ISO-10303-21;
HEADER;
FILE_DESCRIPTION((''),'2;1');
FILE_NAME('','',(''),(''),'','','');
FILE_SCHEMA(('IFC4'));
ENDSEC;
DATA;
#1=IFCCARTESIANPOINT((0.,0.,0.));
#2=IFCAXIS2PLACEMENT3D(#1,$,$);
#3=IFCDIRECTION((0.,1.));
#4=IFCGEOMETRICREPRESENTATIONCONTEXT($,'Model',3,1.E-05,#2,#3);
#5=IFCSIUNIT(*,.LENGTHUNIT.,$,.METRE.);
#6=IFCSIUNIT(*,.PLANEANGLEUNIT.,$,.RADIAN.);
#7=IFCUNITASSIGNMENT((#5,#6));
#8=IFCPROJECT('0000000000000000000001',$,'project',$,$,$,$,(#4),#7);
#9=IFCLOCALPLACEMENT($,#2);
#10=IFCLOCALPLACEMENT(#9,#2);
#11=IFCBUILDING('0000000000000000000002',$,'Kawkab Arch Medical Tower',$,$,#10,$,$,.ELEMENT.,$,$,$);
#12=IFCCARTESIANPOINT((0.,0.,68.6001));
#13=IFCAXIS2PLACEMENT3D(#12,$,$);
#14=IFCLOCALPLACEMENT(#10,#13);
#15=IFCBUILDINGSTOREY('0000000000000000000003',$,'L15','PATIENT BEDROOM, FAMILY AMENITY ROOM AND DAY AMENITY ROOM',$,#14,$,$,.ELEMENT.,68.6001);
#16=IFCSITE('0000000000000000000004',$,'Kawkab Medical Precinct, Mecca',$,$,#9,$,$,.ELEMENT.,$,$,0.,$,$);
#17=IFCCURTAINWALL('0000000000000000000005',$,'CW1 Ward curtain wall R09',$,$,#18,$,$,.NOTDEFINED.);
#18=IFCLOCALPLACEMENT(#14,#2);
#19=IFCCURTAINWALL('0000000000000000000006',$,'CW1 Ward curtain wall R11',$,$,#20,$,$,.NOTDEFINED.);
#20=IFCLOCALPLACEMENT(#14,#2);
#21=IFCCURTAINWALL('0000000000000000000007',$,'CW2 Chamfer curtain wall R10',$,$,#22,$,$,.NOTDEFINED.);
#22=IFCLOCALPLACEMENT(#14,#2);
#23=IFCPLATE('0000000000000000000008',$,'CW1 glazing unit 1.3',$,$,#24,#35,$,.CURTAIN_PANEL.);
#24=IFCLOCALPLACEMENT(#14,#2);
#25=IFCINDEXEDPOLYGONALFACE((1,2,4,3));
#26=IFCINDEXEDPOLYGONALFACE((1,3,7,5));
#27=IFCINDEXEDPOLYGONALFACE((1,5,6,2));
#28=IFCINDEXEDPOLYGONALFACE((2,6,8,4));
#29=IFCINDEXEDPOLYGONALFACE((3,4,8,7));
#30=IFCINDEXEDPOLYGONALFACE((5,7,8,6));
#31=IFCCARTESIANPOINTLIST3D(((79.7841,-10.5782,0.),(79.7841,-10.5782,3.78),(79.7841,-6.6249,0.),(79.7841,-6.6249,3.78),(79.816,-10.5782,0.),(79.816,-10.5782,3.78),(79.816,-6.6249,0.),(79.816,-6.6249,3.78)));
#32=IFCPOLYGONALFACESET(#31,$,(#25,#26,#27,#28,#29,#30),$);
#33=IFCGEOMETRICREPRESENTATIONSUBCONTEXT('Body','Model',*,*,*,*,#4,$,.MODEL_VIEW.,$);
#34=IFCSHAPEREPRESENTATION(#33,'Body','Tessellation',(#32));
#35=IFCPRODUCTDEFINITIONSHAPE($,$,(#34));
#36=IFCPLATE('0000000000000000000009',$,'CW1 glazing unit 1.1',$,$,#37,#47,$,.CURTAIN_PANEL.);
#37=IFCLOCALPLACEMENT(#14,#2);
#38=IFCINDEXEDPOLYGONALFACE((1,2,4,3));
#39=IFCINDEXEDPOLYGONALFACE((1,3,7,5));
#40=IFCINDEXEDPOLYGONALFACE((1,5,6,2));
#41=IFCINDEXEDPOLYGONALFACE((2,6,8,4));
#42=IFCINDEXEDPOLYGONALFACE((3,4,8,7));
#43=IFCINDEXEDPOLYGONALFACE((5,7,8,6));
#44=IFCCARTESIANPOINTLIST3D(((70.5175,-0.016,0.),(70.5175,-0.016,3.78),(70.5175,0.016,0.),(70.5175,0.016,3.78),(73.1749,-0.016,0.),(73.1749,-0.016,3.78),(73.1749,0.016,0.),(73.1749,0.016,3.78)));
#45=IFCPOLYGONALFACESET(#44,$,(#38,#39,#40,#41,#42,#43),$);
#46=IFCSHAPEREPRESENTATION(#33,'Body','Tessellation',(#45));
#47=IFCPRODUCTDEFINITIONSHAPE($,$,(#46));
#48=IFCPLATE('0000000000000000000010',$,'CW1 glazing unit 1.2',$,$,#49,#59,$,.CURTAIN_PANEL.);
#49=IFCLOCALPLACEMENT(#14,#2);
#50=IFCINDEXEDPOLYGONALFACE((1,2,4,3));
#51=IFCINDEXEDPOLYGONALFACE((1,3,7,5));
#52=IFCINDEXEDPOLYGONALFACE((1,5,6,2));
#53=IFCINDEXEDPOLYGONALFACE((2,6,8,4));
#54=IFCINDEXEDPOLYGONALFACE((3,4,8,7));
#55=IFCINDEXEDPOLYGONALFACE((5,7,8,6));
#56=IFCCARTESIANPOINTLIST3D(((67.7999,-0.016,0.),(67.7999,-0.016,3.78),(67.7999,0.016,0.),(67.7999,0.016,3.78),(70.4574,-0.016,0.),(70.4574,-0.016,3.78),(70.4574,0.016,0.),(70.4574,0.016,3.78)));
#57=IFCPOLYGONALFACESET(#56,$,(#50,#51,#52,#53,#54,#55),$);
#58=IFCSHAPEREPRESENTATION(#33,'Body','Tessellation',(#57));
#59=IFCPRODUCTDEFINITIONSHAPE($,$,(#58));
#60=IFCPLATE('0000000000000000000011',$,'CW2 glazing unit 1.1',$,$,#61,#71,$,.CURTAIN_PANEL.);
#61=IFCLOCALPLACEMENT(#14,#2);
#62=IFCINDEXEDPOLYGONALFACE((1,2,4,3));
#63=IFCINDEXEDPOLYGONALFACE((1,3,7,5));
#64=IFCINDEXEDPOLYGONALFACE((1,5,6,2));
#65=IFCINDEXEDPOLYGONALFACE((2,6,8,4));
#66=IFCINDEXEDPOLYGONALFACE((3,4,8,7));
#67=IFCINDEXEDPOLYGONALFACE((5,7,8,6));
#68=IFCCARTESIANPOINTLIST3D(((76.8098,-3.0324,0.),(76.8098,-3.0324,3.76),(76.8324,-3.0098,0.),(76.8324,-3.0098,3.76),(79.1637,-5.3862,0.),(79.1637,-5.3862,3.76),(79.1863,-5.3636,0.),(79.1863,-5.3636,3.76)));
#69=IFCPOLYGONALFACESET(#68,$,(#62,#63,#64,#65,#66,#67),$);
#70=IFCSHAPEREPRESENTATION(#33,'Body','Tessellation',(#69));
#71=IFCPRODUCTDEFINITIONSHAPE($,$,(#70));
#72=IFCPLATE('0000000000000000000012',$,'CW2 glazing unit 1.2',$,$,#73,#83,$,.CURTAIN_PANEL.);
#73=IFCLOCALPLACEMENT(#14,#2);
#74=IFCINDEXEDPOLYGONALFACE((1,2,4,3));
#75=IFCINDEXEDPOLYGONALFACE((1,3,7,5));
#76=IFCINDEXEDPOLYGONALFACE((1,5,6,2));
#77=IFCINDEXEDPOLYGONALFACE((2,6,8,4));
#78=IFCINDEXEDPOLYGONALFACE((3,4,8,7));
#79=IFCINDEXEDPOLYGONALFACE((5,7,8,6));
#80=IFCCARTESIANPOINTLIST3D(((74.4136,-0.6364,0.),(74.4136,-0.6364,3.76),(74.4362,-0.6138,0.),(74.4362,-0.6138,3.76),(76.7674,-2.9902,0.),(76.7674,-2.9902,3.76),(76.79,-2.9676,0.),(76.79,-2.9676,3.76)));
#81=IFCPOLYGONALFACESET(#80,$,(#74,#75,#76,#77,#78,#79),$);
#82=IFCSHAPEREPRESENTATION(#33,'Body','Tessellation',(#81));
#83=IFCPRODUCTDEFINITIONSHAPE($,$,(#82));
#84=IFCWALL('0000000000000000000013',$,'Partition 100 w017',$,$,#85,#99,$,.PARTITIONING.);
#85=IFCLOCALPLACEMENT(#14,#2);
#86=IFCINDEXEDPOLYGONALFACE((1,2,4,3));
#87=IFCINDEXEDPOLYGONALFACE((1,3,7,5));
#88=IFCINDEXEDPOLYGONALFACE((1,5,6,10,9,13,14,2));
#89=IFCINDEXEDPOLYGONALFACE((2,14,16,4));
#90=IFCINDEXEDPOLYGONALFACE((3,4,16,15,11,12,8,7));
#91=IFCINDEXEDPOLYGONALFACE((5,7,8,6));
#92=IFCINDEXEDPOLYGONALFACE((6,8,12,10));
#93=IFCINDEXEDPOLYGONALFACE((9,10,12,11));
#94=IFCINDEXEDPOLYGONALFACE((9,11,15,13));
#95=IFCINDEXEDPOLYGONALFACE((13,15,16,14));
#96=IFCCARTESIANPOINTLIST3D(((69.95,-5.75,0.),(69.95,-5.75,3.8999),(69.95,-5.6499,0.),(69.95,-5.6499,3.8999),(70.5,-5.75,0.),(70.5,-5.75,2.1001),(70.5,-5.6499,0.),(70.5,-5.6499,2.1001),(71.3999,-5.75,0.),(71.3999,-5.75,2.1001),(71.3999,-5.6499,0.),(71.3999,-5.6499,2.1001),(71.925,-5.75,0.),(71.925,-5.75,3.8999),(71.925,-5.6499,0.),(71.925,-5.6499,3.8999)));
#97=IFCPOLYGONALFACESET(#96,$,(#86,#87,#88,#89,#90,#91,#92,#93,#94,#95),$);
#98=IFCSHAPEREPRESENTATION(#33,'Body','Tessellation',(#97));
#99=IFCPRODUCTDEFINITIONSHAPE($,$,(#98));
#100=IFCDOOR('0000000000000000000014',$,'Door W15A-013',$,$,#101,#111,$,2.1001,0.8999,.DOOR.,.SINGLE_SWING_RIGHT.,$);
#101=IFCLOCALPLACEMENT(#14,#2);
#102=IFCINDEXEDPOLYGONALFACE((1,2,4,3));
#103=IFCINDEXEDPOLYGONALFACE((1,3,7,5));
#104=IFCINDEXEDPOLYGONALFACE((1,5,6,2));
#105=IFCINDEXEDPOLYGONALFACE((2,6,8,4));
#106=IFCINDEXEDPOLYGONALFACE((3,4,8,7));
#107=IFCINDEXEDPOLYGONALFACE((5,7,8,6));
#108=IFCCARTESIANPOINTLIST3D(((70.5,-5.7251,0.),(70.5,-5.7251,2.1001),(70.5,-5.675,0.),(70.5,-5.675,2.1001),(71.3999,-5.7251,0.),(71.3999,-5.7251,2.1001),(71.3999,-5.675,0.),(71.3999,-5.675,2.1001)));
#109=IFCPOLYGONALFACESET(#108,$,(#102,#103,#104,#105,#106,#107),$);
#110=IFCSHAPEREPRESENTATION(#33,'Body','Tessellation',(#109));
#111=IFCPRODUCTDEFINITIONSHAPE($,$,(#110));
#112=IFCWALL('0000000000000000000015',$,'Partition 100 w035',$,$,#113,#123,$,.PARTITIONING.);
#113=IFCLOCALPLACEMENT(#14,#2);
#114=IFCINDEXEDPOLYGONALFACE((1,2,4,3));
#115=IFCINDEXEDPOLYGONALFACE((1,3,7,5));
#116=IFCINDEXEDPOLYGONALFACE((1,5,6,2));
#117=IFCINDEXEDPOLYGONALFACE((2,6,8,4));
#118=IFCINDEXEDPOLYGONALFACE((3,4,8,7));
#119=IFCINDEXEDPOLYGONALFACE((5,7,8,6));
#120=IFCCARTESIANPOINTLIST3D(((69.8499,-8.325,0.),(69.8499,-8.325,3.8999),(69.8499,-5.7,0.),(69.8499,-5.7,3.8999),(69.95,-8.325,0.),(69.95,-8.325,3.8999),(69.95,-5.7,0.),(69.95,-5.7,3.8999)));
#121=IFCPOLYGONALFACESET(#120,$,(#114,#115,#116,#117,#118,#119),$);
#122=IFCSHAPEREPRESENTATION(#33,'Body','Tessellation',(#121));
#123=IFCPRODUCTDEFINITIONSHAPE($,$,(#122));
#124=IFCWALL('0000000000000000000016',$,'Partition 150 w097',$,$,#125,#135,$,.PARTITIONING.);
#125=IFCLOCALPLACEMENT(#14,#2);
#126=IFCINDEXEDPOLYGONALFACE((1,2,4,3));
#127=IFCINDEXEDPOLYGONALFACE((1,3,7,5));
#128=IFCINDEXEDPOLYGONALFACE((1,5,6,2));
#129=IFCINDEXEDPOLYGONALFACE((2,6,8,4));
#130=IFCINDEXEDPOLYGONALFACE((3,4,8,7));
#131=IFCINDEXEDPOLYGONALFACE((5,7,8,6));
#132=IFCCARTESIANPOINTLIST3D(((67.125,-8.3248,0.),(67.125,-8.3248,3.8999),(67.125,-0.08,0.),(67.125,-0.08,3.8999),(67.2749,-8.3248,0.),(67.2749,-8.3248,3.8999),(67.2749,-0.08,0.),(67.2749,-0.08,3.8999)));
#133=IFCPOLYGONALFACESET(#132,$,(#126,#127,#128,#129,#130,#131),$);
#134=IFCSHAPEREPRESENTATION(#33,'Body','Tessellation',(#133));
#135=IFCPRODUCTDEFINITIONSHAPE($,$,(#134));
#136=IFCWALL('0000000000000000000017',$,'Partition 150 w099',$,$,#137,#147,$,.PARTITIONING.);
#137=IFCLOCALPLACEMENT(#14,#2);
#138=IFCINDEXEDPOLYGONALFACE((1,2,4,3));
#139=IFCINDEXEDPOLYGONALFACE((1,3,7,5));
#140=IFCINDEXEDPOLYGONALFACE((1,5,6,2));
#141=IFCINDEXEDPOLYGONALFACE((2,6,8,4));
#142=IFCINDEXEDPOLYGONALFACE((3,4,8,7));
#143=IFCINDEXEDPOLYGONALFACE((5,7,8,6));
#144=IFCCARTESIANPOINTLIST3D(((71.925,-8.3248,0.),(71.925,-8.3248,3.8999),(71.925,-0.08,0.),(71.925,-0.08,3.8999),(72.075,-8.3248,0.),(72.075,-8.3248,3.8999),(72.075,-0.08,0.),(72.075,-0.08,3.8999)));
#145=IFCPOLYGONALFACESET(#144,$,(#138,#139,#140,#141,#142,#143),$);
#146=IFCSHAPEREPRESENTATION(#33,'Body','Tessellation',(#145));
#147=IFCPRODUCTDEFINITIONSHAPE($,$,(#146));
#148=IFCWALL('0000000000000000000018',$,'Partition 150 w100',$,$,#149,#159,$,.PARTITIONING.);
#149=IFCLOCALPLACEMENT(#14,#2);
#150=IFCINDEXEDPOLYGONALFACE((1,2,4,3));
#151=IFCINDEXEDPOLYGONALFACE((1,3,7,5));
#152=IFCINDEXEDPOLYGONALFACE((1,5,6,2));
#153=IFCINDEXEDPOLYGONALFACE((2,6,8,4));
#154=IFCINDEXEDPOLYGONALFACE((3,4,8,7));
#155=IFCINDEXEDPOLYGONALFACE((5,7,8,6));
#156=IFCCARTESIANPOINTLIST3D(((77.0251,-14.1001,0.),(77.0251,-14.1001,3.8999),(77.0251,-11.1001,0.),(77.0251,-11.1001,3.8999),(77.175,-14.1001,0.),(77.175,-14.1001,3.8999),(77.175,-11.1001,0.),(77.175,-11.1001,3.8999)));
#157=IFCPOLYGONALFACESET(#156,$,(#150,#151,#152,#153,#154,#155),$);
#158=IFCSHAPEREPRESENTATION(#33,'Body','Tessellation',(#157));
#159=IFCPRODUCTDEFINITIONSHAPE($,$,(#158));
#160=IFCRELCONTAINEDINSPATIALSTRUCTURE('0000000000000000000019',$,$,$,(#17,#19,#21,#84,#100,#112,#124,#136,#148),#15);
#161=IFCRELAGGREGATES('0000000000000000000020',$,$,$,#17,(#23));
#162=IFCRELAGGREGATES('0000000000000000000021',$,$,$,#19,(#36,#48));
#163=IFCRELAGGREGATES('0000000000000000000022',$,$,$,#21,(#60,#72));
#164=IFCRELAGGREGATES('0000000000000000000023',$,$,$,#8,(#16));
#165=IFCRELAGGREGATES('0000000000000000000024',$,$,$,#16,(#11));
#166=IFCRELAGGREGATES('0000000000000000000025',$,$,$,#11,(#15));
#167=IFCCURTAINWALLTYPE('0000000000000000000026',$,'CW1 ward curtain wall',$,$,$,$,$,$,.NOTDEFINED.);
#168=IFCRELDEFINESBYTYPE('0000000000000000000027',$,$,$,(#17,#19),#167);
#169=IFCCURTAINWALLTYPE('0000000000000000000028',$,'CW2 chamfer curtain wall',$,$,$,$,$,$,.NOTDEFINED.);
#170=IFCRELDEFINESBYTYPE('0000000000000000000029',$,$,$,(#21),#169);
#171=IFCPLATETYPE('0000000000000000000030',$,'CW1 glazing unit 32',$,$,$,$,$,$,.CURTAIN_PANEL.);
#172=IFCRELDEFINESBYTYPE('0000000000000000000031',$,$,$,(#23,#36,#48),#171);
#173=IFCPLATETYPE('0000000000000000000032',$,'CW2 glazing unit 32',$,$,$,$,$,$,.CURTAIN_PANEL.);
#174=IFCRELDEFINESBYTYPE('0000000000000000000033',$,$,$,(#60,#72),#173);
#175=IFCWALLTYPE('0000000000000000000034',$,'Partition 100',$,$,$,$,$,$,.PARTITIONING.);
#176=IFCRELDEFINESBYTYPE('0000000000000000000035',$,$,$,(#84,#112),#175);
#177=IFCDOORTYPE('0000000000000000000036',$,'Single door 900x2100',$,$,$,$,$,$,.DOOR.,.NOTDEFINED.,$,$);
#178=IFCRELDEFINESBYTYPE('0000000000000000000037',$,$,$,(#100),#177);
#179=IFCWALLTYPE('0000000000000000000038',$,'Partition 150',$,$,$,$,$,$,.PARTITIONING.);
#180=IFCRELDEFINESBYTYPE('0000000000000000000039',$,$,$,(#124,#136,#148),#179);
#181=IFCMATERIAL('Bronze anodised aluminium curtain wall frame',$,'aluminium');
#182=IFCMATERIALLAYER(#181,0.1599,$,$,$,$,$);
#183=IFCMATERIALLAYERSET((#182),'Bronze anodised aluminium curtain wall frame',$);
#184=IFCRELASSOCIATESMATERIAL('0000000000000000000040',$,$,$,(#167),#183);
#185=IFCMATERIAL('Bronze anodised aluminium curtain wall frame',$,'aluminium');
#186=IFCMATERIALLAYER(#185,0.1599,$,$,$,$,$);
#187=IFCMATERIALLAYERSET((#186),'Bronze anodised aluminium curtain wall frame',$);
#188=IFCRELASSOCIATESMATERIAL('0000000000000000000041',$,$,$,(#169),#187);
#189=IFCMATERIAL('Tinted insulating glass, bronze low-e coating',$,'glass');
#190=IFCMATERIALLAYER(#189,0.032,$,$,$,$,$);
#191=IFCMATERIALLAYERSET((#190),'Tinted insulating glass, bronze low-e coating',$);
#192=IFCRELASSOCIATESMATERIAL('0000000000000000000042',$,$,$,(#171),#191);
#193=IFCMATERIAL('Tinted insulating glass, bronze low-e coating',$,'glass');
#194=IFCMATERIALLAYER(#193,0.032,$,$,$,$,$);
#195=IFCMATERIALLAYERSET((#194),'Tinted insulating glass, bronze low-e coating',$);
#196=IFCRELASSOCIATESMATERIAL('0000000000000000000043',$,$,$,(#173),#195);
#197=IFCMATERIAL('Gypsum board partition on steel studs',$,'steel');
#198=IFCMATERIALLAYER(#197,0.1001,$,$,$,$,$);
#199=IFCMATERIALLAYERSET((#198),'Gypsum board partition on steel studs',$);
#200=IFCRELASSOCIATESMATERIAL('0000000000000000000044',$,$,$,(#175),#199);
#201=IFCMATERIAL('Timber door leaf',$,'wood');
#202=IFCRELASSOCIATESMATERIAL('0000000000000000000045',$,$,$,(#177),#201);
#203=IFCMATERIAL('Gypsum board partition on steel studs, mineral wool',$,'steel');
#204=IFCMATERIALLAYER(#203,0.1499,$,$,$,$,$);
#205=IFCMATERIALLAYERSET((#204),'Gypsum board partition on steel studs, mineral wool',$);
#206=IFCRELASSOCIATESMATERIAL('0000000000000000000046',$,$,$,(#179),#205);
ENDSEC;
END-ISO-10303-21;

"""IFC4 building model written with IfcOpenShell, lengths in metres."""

from ifc_helpers import new_model, si_unit, direction, frame, frame_2d, origin, origin_2d, place, context, subcontext, project, spatial, rectangle, extrude, material, layer, layer_set, type_object, element, fill, aggregate, save


model = new_model("IFC4")

# Units and contexts
model_context = context("Model", 3, precision=1e-05, world=origin(), true_north=direction((0.0, 1.0)))
body_context = subcontext(model_context, "Body", "Model", "MODEL_VIEW")
ifc_project = project(units=[si_unit("LENGTHUNIT", "METRE"), si_unit("PLANEANGLEUNIT", "RADIAN")], contexts=[model_context])

# Site, building, storey
site_placement = place(None, origin())
site = spatial("IfcSite", under=ifc_project, at=site_placement, Name="Kawkab Medical Precinct, Mecca", CompositionType="ELEMENT", RefElevation=0.0)
building_placement = place(site_placement, origin())
building = spatial("IfcBuilding", under=site, at=building_placement, Name="Kawkab Arch Medical Tower", CompositionType="ELEMENT")
storey_placement = place(building_placement, frame((0.0, 0.0, 68.6001)))
storey = spatial("IfcBuildingStorey", under=building, at=storey_placement, Name="L15", Description="PATIENT BEDROOM, FAMILY AMENITY ROOM AND DAY AMENITY ROOM", CompositionType="ELEMENT", Elevation=68.6001)

# Curtain walls
ifc_material_1 = material(Name="Bronze anodised aluminium curtain wall frame", Category="aluminium")
ifc_layer_1 = layer(ifc_material_1, 0.1599)
ifc_layer_set_1 = layer_set([ifc_layer_1], Name="Bronze anodised aluminium curtain wall frame")
curtain_wall_type_1 = type_object("IfcCurtainWallType", Name="CW1 ward curtain wall", PredefinedType="NOTDEFINED", material=ifc_layer_set_1)
placement = place(storey_placement, origin())
curtain_wall_1 = element("IfcCurtainWall", 1, at=placement, inside=storey, type_object=curtain_wall_type_1, Name="CW1 Ward curtain wall R09", PredefinedType="NOTDEFINED")
curtain_wall_2 = element("IfcCurtainWall", 2, at=placement, inside=storey, type_object=curtain_wall_type_1, Name="CW1 Ward curtain wall R11", PredefinedType="NOTDEFINED")
ifc_material_2 = material(Name="Bronze anodised aluminium curtain wall frame", Category="aluminium")
ifc_layer_2 = layer(ifc_material_2, 0.1599)
ifc_layer_set_2 = layer_set([ifc_layer_2], Name="Bronze anodised aluminium curtain wall frame")
curtain_wall_type_2 = type_object("IfcCurtainWallType", Name="CW2 chamfer curtain wall", PredefinedType="NOTDEFINED", material=ifc_layer_set_2)
curtain_wall_3 = element("IfcCurtainWall", 3, at=placement, inside=storey, type_object=curtain_wall_type_2, Name="CW2 Chamfer curtain wall R10", PredefinedType="NOTDEFINED")

# Plates
ifc_material_3 = material(Name="Tinted insulating glass, bronze low-e coating", Category="glass")
ifc_layer_3 = layer(ifc_material_3, 0.032)
ifc_layer_set_3 = layer_set([ifc_layer_3], Name="Tinted insulating glass, bronze low-e coating")
plate_type_1 = type_object("IfcPlateType", Name="CW1 glazing unit 32", PredefinedType="CURTAIN_PANEL", material=ifc_layer_set_3)
plate_1_placement = place(storey_placement, frame((79.8, -8.6016, 0.0), z_axis=(0.0, 0.0, 1.0), x_axis=(0.0, 1.0, 0.0)))
plate_1 = element("IfcPlate", 4, at=plate_1_placement, type_object=plate_type_1, Name="CW1 glazing unit 1.3", PredefinedType="CURTAIN_PANEL", context=body_context, shape_type="SweptSolid", body=[
    extrude(rectangle(XDim=3.9534, YDim=0.032, at=origin_2d()), origin(), (0.0, 0.0, 1.0), 3.78),
])
aggregate(curtain_wall_1, [plate_1])
plate_2_placement = place(storey_placement, frame((71.8462, 0.0, 0.0), z_axis=(0.0, 0.0, 1.0), x_axis=(-1.0, 0.0, 0.0)))
plate_2 = element("IfcPlate", 5, at=plate_2_placement, type_object=plate_type_1, Name="CW1 glazing unit 1.1", PredefinedType="CURTAIN_PANEL", context=body_context, shape_type="SweptSolid", body=[
    extrude(rectangle(XDim=2.6575, YDim=0.032, at=origin_2d()), origin(), (0.0, 0.0, 1.0), 3.78),
])
plate_3_placement = place(storey_placement, frame((69.1287, 0.0, 0.0), z_axis=(0.0, 0.0, 1.0), x_axis=(-1.0, 0.0, 0.0)))
plate_3 = element("IfcPlate", 6, at=plate_3_placement, type_object=plate_type_1, Name="CW1 glazing unit 1.2", PredefinedType="CURTAIN_PANEL", context=body_context, shape_type="SweptSolid", body=[
    extrude(rectangle(XDim=2.6575, YDim=0.032, at=origin_2d()), origin(), (0.0, 0.0, 1.0), 3.78),
])
aggregate(curtain_wall_2, [plate_2, plate_3])
ifc_material_4 = material(Name="Tinted insulating glass, bronze low-e coating", Category="glass")
ifc_layer_4 = layer(ifc_material_4, 0.032)
ifc_layer_set_4 = layer_set([ifc_layer_4], Name="Tinted insulating glass, bronze low-e coating")
plate_type_2 = type_object("IfcPlateType", Name="CW2 glazing unit 32", PredefinedType="CURTAIN_PANEL", material=ifc_layer_set_4)
plate_4_placement = place(storey_placement, frame((77.998, -4.198, 0.0), z_axis=(0.0, 0.0, 1.0), x_axis=(-0.707107, 0.707107, 0.0)))
plate_4 = element("IfcPlate", 7, at=plate_4_placement, type_object=plate_type_2, Name="CW2 glazing unit 1.1", PredefinedType="CURTAIN_PANEL", context=body_context, shape_type="SweptSolid", body=[
    extrude(rectangle(XDim=3.3289, YDim=0.032, at=origin_2d()), origin(), (0.0, 0.0, 1.0), 3.76),
])
plate_5_placement = place(storey_placement, frame((75.6018, -1.802, 0.0), z_axis=(0.0, 0.0, 1.0), x_axis=(-0.707107, 0.707107, 0.0)))
plate_5 = element("IfcPlate", 8, at=plate_5_placement, type_object=plate_type_2, Name="CW2 glazing unit 1.2", PredefinedType="CURTAIN_PANEL", context=body_context, shape_type="SweptSolid", body=[
    extrude(rectangle(XDim=3.3289, YDim=0.032, at=origin_2d()), origin(), (0.0, 0.0, 1.0), 3.76),
])
aggregate(curtain_wall_3, [plate_4, plate_5])

# Wall, opening, door
ifc_material_5 = material(Name="Gypsum board partition on steel studs", Category="steel")
ifc_layer_5 = layer(ifc_material_5, 0.1001)
ifc_layer_set_5 = layer_set([ifc_layer_5], Name="Gypsum board partition on steel studs")
wall_type_1 = type_object("IfcWallType", Name="Partition 100", PredefinedType="PARTITIONING", material=ifc_layer_set_5)
wall_1_placement = place(storey_placement, frame((69.95, -5.7, 0.0), z_axis=(0.0, 0.0, 1.0), x_axis=(1.0, 0.0, 0.0)))
wall_1 = element("IfcWall", 9, at=wall_1_placement, inside=storey, type_object=wall_type_1, Name="Partition 100 w017", PredefinedType="PARTITIONING", context=body_context, shape_type="SweptSolid", body=[
    extrude(rectangle(XDim=1.9751, YDim=0.1001, at=frame_2d((0.9875, 0.0))), origin(), (0.0, 0.0, 1.0), 3.8999),
])
opening_placement = place(wall_1_placement, frame((0.55, 0.0, 0.0)))
opening = element("IfcOpeningElement", 10, at=opening_placement, cuts=wall_1, PredefinedType="OPENING", context=body_context, shape_type="SweptSolid", body=[
    extrude(rectangle(XDim=0.8999, YDim=2.1001, at=frame_2d((0.45, 1.05))), frame((0.0, 0.0601, 0.0), z_axis=(0.0, -1.0, 0.0), x_axis=(1.0, 0.0, 0.0)), (0.0, 0.0, 1.0), 0.1201),
])
ifc_material_6 = material(Name="Timber door leaf", Category="wood")
door_type = type_object("IfcDoorType", Name="Single door 900x2100", OperationType="NOTDEFINED", PredefinedType="DOOR", material=ifc_material_6)
door_placement = place(opening_placement, origin())
door = element("IfcDoor", 11, at=door_placement, inside=storey, type_object=door_type, Name="Door W15A-013", OperationType="SINGLE_SWING_RIGHT", OverallHeight=2.1001, OverallWidth=0.8999, PredefinedType="DOOR", context=body_context, shape_type="SweptSolid", body=[
    extrude(rectangle(XDim=0.8999, YDim=2.1001, at=frame_2d((0.45, 1.05))), frame((0.0, 0.0249, 0.0), z_axis=(0.0, -1.0, 0.0), x_axis=(1.0, 0.0, 0.0)), (0.0, 0.0, 1.0), 0.05),
])
fill(opening, door)

# Walls
wall_2_placement = place(storey_placement, frame((69.8999, -8.325, 0.0), z_axis=(0.0, 0.0, 1.0), x_axis=(0.0, 1.0, 0.0)))
element("IfcWall", 12, at=wall_2_placement, inside=storey, type_object=wall_type_1, Name="Partition 100 w035", PredefinedType="PARTITIONING", context=body_context, shape_type="SweptSolid", body=[
    extrude(rectangle(XDim=2.625, YDim=0.1001, at=frame_2d((1.3125, 0.0))), origin(), (0.0, 0.0, 1.0), 3.8999),
])
ifc_material_7 = material(Name="Gypsum board partition on steel studs, mineral wool", Category="steel")
ifc_layer_6 = layer(ifc_material_7, 0.1499)
ifc_layer_set_6 = layer_set([ifc_layer_6], Name="Gypsum board partition on steel studs, mineral wool")
wall_type_2 = type_object("IfcWallType", Name="Partition 150", PredefinedType="PARTITIONING", material=ifc_layer_set_6)
for number, where, z_axis, x_axis, name in (
    (13, (67.2, -8.325, 0.0), (0.0, 0.0, 1.0), (0.0, 1.0, 0.0), "Partition 150 w097"),
    (14, (72.0, -8.325, 0.0), (0.0, 0.0, 1.0), (0.0, 1.0, 0.0), "Partition 150 w099"),
):
    element("IfcWall", number, at=place(storey_placement, frame(where, z_axis=z_axis, x_axis=x_axis)), inside=storey, type_object=wall_type_2, Name=name, PredefinedType="PARTITIONING", context=body_context, shape_type="SweptSolid", body=[
        extrude(rectangle(XDim=8.2449, YDim=0.1499, at=frame_2d((4.1226, 0.0))), origin(), (0.0, 0.0, 1.0), 3.8999),
    ])
wall_3_placement = place(storey_placement, frame((77.1001, -14.1001, 0.0), z_axis=(0.0, 0.0, 1.0), x_axis=(0.0, 1.0, 0.0)))
element("IfcWall", 15, at=wall_3_placement, inside=storey, type_object=wall_type_2, Name="Partition 150 w100", PredefinedType="PARTITIONING", context=body_context, shape_type="SweptSolid", body=[
    extrude(rectangle(XDim=3.0, YDim=0.1499, at=frame_2d((1.5, 0.0))), origin(), (0.0, 0.0, 1.0), 3.8999),
])

save(model, "model.ifc")
